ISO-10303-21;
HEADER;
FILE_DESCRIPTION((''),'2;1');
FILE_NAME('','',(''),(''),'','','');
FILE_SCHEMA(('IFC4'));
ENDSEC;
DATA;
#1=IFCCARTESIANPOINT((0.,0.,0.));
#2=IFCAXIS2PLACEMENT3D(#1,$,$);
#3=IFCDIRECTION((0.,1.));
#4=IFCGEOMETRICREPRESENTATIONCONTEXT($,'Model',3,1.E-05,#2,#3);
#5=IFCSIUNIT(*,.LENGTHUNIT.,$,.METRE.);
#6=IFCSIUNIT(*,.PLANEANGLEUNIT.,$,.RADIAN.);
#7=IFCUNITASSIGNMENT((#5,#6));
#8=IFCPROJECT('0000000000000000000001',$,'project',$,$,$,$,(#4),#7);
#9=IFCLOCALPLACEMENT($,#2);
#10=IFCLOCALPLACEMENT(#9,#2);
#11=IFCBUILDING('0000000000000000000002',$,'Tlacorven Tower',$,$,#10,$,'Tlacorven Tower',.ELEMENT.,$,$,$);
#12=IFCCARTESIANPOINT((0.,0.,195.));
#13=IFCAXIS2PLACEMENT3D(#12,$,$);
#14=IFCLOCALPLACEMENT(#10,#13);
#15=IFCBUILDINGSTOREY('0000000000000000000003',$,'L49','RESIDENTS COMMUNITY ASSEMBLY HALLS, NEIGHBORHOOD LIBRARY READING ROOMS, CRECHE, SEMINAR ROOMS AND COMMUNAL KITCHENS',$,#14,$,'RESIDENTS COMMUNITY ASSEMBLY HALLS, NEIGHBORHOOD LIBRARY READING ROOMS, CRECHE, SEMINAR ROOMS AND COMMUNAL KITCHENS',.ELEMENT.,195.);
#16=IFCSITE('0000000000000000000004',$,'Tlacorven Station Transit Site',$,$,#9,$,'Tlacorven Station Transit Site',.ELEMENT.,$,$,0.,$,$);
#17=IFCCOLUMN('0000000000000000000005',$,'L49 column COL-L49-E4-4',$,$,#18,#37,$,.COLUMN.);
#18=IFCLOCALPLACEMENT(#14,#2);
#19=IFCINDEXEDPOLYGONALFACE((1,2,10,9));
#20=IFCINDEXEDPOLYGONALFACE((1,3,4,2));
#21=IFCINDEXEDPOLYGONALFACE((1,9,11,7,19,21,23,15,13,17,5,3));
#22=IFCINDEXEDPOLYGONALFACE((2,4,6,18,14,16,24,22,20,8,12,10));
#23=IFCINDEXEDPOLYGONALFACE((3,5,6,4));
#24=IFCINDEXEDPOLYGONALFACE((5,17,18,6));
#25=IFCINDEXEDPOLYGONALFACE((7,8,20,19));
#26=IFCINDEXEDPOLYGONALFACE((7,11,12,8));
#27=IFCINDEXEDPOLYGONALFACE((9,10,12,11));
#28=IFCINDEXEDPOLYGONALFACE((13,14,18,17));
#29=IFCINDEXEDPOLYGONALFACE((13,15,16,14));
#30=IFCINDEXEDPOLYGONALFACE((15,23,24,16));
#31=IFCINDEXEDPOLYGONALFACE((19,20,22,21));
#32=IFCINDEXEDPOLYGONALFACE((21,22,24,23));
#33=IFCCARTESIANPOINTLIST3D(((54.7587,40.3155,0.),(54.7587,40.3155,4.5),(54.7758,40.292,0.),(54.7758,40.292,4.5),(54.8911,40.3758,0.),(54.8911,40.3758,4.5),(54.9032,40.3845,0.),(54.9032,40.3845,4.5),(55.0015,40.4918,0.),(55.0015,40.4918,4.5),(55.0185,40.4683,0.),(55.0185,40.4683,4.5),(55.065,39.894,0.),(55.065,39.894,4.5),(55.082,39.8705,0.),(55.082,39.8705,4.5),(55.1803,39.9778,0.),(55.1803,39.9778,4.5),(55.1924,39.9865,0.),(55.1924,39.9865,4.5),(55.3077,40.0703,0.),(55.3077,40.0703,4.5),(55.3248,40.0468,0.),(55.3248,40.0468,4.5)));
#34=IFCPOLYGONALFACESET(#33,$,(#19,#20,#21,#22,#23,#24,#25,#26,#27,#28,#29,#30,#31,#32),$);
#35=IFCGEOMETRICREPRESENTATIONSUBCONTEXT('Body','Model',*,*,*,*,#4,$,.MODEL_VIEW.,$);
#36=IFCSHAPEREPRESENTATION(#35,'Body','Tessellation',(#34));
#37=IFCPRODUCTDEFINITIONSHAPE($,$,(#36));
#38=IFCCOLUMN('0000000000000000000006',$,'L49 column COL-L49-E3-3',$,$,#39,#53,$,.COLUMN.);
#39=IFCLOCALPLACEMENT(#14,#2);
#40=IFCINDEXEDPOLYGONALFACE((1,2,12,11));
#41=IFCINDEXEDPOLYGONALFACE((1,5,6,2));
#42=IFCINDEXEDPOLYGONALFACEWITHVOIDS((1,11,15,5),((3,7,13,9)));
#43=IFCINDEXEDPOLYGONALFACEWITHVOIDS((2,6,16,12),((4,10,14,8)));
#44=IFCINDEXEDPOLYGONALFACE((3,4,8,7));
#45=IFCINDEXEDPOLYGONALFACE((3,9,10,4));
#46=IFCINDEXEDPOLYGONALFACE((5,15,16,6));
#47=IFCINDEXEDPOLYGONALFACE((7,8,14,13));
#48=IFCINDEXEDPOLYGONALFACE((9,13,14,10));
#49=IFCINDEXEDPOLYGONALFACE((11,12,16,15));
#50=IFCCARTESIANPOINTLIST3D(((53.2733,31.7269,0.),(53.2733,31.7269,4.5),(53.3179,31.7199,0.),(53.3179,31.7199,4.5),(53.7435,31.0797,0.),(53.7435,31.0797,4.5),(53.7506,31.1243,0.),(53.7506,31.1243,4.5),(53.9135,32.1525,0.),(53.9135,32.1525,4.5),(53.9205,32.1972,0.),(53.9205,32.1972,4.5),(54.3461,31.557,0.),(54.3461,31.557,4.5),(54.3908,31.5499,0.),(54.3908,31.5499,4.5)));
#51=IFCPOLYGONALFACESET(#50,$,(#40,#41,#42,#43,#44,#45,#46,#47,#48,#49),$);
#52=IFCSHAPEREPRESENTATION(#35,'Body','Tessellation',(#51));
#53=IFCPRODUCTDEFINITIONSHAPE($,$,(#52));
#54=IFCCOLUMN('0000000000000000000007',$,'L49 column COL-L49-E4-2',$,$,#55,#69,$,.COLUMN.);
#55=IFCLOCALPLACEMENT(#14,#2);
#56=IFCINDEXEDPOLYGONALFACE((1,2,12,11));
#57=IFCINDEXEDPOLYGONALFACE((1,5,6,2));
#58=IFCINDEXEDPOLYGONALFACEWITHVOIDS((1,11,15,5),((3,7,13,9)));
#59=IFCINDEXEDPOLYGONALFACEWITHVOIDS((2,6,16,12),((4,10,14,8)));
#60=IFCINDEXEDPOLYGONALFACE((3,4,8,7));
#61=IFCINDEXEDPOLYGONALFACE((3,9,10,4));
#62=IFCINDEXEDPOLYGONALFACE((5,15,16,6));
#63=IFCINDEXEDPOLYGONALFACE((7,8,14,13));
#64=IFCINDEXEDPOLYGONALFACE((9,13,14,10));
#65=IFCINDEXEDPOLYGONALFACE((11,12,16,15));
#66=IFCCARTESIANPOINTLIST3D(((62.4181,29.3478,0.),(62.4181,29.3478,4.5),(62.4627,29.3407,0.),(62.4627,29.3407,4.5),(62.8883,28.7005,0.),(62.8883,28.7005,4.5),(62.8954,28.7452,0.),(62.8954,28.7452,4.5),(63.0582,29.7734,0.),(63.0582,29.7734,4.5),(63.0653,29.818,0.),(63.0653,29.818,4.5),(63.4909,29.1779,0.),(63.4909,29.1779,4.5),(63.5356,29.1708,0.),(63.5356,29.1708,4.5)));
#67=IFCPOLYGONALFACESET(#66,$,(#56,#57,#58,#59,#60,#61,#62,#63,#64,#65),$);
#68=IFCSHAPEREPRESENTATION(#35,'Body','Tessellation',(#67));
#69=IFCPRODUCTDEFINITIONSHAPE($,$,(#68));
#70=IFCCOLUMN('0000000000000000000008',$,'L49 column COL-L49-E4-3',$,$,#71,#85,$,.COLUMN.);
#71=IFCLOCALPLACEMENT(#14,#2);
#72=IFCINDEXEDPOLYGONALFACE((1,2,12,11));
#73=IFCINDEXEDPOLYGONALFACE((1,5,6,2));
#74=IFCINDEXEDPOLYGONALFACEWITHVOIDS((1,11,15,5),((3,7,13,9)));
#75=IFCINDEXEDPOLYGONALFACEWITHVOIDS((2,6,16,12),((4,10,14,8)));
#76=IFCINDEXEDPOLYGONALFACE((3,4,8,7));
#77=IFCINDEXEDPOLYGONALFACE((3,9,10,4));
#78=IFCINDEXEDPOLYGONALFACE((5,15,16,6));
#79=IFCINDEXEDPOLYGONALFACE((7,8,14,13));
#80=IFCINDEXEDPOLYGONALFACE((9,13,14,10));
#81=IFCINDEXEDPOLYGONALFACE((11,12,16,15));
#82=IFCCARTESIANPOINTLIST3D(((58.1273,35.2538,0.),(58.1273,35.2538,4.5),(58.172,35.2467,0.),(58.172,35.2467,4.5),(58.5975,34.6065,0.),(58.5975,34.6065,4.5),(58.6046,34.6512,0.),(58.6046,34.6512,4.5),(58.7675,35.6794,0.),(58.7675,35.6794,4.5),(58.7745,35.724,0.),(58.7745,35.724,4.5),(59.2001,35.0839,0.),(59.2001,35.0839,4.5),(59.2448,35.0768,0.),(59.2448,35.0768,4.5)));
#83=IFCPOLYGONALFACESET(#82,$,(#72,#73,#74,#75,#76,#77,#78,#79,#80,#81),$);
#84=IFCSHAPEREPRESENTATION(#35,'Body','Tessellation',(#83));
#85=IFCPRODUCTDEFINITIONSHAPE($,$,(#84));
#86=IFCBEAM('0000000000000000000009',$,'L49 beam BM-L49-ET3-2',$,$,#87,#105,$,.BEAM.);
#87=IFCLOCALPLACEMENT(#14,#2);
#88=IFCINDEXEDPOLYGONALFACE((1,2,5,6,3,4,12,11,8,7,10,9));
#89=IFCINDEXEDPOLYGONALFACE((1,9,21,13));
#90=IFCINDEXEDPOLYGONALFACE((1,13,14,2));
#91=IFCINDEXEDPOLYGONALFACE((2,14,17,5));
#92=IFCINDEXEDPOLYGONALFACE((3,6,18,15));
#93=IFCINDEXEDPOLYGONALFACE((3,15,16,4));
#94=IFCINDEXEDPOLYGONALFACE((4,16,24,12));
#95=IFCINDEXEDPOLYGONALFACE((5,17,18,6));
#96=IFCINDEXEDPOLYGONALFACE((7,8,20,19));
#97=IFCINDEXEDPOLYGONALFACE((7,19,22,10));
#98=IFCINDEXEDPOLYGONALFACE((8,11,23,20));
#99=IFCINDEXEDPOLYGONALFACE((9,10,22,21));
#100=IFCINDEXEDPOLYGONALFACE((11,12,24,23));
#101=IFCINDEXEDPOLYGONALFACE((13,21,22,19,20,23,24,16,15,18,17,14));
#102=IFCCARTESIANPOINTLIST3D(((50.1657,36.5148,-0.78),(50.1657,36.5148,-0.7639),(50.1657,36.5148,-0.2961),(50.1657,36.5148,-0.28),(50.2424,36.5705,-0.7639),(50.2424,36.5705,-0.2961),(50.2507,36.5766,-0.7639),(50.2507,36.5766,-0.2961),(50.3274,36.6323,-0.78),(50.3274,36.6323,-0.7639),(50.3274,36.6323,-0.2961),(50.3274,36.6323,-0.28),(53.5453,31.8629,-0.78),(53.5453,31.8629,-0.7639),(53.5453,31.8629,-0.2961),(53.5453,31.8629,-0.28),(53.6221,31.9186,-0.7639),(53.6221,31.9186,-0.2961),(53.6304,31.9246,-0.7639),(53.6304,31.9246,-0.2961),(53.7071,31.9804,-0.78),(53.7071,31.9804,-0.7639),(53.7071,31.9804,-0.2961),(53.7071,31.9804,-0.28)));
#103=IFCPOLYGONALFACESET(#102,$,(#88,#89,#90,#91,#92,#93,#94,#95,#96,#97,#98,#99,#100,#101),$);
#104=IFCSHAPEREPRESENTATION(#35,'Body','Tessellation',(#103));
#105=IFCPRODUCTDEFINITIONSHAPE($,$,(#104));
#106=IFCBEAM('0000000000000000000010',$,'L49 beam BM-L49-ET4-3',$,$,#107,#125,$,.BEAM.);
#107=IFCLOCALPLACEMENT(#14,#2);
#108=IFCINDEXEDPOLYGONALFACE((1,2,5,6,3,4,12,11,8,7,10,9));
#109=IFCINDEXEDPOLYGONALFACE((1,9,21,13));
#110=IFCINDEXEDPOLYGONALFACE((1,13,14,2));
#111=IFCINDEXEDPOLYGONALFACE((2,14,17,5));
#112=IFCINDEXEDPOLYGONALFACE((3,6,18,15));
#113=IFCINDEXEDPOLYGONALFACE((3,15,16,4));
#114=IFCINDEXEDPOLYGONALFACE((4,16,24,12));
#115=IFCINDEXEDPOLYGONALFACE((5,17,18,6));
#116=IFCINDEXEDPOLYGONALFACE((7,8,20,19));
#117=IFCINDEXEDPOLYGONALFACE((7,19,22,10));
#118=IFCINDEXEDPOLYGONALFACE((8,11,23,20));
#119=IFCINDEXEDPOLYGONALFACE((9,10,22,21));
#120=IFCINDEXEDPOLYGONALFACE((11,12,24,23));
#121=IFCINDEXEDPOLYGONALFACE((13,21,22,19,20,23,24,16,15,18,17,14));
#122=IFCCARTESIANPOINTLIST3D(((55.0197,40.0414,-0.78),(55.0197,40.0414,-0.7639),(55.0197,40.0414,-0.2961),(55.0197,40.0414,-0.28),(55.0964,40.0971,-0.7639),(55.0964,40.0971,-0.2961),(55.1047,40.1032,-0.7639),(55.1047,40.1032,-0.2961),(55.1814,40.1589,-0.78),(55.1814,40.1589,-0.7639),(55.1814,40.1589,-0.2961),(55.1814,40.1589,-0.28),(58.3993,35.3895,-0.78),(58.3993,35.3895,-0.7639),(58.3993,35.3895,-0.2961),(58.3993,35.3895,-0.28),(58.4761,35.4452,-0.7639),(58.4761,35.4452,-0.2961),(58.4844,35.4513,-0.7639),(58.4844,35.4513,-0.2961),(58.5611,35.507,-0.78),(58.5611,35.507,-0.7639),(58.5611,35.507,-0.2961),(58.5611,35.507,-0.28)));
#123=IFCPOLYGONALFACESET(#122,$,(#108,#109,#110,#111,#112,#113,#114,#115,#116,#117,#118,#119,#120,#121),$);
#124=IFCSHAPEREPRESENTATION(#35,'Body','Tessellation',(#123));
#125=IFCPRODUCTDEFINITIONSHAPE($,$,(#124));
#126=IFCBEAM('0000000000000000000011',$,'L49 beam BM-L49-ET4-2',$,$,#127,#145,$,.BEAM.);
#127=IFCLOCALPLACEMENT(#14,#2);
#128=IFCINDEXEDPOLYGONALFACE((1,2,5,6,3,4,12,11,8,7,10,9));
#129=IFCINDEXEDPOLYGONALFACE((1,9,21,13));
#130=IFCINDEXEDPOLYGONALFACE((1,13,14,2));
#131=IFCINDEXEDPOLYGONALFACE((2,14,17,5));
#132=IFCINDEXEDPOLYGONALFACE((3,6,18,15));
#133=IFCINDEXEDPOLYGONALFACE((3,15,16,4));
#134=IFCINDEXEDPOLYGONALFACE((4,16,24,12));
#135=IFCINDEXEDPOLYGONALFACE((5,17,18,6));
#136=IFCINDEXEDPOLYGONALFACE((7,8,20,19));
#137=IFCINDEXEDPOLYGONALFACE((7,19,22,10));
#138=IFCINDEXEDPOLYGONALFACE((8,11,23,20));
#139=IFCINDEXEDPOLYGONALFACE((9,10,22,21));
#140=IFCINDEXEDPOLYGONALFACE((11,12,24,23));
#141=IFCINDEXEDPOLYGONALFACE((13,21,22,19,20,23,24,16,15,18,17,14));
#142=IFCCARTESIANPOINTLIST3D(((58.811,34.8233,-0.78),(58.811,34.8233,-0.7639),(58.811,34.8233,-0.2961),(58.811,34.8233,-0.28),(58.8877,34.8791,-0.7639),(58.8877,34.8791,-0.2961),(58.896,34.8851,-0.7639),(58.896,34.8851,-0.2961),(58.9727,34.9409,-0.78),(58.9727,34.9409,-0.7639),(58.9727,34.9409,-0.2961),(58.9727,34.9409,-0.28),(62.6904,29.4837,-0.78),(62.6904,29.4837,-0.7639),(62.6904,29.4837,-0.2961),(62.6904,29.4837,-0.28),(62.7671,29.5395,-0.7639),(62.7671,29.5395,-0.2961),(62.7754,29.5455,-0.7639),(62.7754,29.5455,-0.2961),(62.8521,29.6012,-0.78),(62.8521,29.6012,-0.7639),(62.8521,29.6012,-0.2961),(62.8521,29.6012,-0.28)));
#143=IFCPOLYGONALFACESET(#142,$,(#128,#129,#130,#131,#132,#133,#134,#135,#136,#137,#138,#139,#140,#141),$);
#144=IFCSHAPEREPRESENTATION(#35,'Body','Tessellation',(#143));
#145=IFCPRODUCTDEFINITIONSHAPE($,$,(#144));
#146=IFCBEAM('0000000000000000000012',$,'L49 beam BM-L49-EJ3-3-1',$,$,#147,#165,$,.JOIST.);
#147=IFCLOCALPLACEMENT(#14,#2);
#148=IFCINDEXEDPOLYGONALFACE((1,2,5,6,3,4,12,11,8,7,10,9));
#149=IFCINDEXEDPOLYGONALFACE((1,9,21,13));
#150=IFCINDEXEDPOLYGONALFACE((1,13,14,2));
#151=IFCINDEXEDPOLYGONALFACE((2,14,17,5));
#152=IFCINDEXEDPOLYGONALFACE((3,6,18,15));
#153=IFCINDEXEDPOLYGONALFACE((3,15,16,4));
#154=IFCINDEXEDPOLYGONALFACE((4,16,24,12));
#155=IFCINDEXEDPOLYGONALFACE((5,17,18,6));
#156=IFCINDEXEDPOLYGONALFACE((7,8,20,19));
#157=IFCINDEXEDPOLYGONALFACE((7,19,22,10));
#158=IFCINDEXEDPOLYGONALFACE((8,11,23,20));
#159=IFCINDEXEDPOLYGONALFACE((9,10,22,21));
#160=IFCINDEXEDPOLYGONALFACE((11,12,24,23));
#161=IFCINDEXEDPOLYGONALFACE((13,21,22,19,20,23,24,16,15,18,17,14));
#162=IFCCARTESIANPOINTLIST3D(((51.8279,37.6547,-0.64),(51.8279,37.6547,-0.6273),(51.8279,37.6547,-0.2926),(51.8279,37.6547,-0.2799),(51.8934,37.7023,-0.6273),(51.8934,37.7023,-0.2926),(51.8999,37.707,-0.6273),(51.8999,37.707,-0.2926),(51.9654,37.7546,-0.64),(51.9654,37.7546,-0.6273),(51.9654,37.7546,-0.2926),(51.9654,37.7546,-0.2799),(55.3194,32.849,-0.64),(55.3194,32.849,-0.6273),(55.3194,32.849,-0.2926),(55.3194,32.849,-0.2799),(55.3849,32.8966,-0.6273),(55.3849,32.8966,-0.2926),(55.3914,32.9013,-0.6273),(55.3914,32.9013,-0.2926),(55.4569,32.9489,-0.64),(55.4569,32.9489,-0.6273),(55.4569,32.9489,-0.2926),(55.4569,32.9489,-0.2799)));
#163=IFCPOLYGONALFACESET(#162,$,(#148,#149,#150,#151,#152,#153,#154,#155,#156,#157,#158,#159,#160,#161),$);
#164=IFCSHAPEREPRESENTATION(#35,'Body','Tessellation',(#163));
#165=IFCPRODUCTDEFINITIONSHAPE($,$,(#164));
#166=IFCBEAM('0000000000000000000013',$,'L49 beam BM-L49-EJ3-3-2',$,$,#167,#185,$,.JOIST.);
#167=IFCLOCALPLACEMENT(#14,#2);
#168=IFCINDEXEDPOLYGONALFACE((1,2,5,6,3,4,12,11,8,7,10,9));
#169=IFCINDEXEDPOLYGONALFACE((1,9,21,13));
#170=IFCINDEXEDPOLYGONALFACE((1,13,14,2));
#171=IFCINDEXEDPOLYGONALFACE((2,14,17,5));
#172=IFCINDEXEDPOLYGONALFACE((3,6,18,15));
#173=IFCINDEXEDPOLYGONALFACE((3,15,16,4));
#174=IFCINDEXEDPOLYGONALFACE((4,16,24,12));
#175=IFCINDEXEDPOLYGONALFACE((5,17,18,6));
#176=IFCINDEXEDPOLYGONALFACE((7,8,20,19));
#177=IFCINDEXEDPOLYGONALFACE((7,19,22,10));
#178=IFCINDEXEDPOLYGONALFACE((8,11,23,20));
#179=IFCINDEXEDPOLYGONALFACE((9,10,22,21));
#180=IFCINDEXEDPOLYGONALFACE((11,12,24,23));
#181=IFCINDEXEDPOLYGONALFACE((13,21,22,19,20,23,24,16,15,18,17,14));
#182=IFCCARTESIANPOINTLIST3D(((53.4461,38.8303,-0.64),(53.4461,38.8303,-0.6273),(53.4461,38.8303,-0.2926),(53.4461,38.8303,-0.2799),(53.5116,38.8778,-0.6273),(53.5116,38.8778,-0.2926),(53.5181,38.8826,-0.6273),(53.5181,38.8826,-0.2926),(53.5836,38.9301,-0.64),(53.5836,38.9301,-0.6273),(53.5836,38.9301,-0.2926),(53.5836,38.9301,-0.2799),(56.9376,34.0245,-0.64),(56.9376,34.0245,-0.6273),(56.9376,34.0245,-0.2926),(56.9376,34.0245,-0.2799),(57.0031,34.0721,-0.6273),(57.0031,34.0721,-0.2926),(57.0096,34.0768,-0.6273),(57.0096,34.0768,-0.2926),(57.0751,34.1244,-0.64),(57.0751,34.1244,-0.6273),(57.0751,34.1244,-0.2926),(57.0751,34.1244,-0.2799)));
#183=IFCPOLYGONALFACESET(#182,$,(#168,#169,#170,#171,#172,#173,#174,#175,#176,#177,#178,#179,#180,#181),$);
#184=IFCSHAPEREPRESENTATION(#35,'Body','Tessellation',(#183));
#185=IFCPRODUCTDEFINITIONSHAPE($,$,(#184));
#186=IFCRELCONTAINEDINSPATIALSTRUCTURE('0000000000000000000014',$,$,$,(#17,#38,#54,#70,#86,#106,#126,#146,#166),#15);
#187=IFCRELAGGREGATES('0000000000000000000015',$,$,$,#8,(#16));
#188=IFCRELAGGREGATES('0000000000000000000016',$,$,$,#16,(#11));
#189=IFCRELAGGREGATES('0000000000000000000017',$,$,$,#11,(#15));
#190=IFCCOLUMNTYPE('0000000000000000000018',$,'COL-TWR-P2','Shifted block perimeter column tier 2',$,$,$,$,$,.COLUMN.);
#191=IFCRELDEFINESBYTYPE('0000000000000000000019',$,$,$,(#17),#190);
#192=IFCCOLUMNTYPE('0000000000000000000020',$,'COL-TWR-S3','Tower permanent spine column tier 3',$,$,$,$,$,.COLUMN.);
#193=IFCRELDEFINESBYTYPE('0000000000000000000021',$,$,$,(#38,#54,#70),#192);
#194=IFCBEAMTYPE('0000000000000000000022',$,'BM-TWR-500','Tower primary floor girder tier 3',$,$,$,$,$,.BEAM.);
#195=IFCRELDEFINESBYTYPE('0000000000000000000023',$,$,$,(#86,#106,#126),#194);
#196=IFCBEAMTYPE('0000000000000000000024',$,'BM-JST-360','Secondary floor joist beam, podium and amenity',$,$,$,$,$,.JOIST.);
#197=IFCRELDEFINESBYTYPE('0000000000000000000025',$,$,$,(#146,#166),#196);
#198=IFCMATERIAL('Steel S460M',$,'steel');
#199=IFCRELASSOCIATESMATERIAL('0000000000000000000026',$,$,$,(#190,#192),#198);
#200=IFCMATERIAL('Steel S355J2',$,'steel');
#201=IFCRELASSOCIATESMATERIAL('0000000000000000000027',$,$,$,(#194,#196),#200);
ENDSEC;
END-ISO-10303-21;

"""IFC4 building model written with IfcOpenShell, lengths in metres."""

from ifc_helpers import new_model, si_unit, direction, frame, origin, origin_2d, place, context, subcontext, project, spatial, hollow_rectangle, i_section, extrude, source, transform, mapped, material, material_profile, profile_set, type_object, element, save


model = new_model("IFC4")

# Units and contexts
model_context = context("Model", 3, precision=1e-05, world=origin(), true_north=direction((0.0, 1.0)))
body_context = subcontext(model_context, "Body", "Model", "MODEL_VIEW")
ifc_project = project(units=[si_unit("LENGTHUNIT", "METRE"), si_unit("PLANEANGLEUNIT", "RADIAN")], contexts=[model_context])

# Site, building, storey
site_placement = place(None, origin())
site = spatial("IfcSite", under=ifc_project, at=site_placement, Name="Tlacorven Station Transit Site", LongName="Tlacorven Station Transit Site", CompositionType="ELEMENT", RefElevation=0.0)
building_placement = place(site_placement, origin())
building = spatial("IfcBuilding", under=site, at=building_placement, Name="Tlacorven Tower", LongName="Tlacorven Tower", CompositionType="ELEMENT")
storey_placement = place(building_placement, frame((0.0, 0.0, 195.0)))
storey = spatial("IfcBuildingStorey", under=building, at=storey_placement, Name="L49", Description="RESIDENTS COMMUNITY ASSEMBLY HALLS, NEIGHBORHOOD LIBRARY READING ROOMS, CRECHE, SEMINAR ROOMS AND COMMUNAL KITCHENS", LongName="RESIDENTS COMMUNITY ASSEMBLY HALLS, NEIGHBORHOOD LIBRARY READING ROOMS, CRECHE, SEMINAR ROOMS AND COMMUNAL KITCHENS", CompositionType="ELEMENT", Elevation=195.0)

# Columns
ifc_material_1 = material(Name="Steel S460M", Category="steel")
ifc_material_profile_1 = material_profile(ifc_material_1, i_section(OverallWidth=0.3, OverallDepth=0.55, WebThickness=0.0149, FlangeThickness=0.0291, at=origin_2d()), Name="HEB 550")
ifc_profile_set_1 = profile_set([ifc_material_profile_1], Name="Steel S460M")
column_type_1 = type_object("IfcColumnType", Name="COL-TWR-P2", Description="Shifted block perimeter column tier 2", PredefinedType="COLUMN", material=ifc_profile_set_1)
shared_shape_1 = source(origin(), body_context, "Body", "SweptSolid", [
    extrude(i_section(OverallWidth=0.3, OverallDepth=0.55, WebThickness=0.0149, FlangeThickness=0.0291, at=origin_2d()), origin(), (0.0, 0.0, 1.0), 4.5),
])
column_placement = place(storey_placement, frame((55.0417, 40.1812, 0.0), z_axis=(0.0, 0.0, 1.0), x_axis=(0.809017, 0.587785, 0.0)))
element("IfcColumn", 1, at=column_placement, inside=storey, type_object=column_type_1, Name="L49 column COL-L49-E4-4", PredefinedType="COLUMN", context=body_context, shape_type="MappedRepresentation", body=[
    mapped(shared_shape_1, transform((0.0, 0.0, 0.0), scale=1.0)),
])
ifc_material_profile_2 = material_profile(ifc_material_1, hollow_rectangle(XDim=0.8, YDim=0.8, WallThickness=0.032, at=origin_2d()), Name="BOX 800X800X32")
ifc_profile_set_2 = profile_set([ifc_material_profile_2], Name="Steel S460M")
column_type_2 = type_object("IfcColumnType", Name="COL-TWR-S3", Description="Tower permanent spine column tier 3", PredefinedType="COLUMN", material=ifc_profile_set_2)
shared_shape_2 = source(origin(), body_context, "Body", "SweptSolid", [
    extrude(hollow_rectangle(XDim=0.8, YDim=0.8, WallThickness=0.032, at=origin_2d()), origin(), (0.0, 0.0, 1.0), 4.5),
])
for number, where, z_axis, x_axis, name in (
    (2, (53.832, 31.6384, 0.0), (0.0, 0.0, 1.0), (0.809017, 0.587785, 0.0), "L49 column COL-L49-E3-3"),
    (3, (62.9768, 29.2593, 0.0), (0.0, 0.0, 1.0), (0.809017, 0.587785, 0.0), "L49 column COL-L49-E4-2"),
    (4, (58.686, 35.1653, 0.0), (0.0, 0.0, 1.0), (0.809017, 0.587785, 0.0), "L49 column COL-L49-E4-3"),
):
    element("IfcColumn", number, at=place(storey_placement, frame(where, z_axis=z_axis, x_axis=x_axis)), inside=storey, type_object=column_type_2, Name=name, PredefinedType="COLUMN", context=body_context, shape_type="MappedRepresentation", body=[
        mapped(shared_shape_2, transform((0.0, 0.0, 0.0), scale=1.0)),
    ])

# Beams
ifc_material_2 = material(Name="Steel S355J2", Category="steel")
ifc_material_profile_3 = material_profile(ifc_material_2, i_section(OverallWidth=0.2, OverallDepth=0.5, WebThickness=0.0103, FlangeThickness=0.0161, at=origin_2d()), Name="IPE 500")
ifc_profile_set_3 = profile_set([ifc_material_profile_3], Name="Steel S355J2")
beam_type_1 = type_object("IfcBeamType", Name="BM-TWR-500", Description="Tower primary floor girder tier 3", PredefinedType="BEAM", material=ifc_profile_set_3)
shared_shape_3 = source(origin(), body_context, "Body", "SweptSolid", [
    extrude(i_section(OverallWidth=0.2, OverallDepth=0.5, WebThickness=0.0103, FlangeThickness=0.0161, at=origin_2d()), origin(), (0.0, 0.0, 1.0), 5.75),
])
for number, where, z_axis, x_axis, name in (
    (5, (53.6262, 31.9216, -0.53), (-0.58777, 0.809028, 0.0), (-0.809028, -0.58777, 0.0), "L49 beam BM-L49-ET3-2"),
    (6, (58.4802, 35.4482, -0.53), (-0.58777, 0.809028, 0.0), (-0.809028, -0.58777, 0.0), "L49 beam BM-L49-ET4-3"),
):
    element("IfcBeam", number, at=place(storey_placement, frame(where, z_axis=z_axis, x_axis=x_axis)), inside=storey, type_object=beam_type_1, Name=name, PredefinedType="BEAM", context=body_context, shape_type="MappedRepresentation", body=[
        mapped(shared_shape_3, transform((0.0, 0.0, 0.0), scale=1.0)),
    ])
shared_shape_4 = source(origin(), body_context, "Body", "SweptSolid", [
    extrude(i_section(OverallWidth=0.2, OverallDepth=0.5, WebThickness=0.0103, FlangeThickness=0.0161, at=origin_2d()), origin(), (0.0, 0.0, 1.0), 6.6001),
])
beam_1_placement = place(storey_placement, frame((62.7712, 29.5425, -0.53), z_axis=(-0.58778, 0.809021, 0.0), x_axis=(-0.809021, -0.58778, 0.0)))
element("IfcBeam", 7, at=beam_1_placement, inside=storey, type_object=beam_type_1, Name="L49 beam BM-L49-ET4-2", PredefinedType="BEAM", context=body_context, shape_type="MappedRepresentation", body=[
    mapped(shared_shape_4, transform((0.0, 0.0, 0.0), scale=1.0)),
])
ifc_material_profile_4 = material_profile(ifc_material_2, i_section(OverallWidth=0.1699, OverallDepth=0.3601, WebThickness=0.0081, FlangeThickness=0.0127, at=origin_2d()), Name="IPE 360")
ifc_profile_set_4 = profile_set([ifc_material_profile_4], Name="Steel S355J2")
beam_type_2 = type_object("IfcBeamType", Name="BM-JST-360", Description="Secondary floor joist beam, podium and amenity", PredefinedType="JOIST", material=ifc_profile_set_4)
shared_shape_5 = source(origin(), body_context, "Body", "SweptSolid", [
    extrude(i_section(OverallWidth=0.1699, OverallDepth=0.3601, WebThickness=0.0081, FlangeThickness=0.0127, at=origin_2d()), origin(), (0.0, 0.0, 1.0), 5.9402),
])
for number, where, z_axis, x_axis, name in (
    (8, (55.3882, 32.8989, -0.46), (-0.587778, 0.809022, 0.0), (-0.809022, -0.587778, 0.0), "L49 beam BM-L49-EJ3-3-1"),
    (9, (57.0063, 34.0745, -0.46), (-0.587778, 0.809022, 0.0), (-0.809022, -0.587778, 0.0), "L49 beam BM-L49-EJ3-3-2"),
):
    element("IfcBeam", number, at=place(storey_placement, frame(where, z_axis=z_axis, x_axis=x_axis)), inside=storey, type_object=beam_type_2, Name=name, PredefinedType="JOIST", context=body_context, shape_type="MappedRepresentation", body=[
        mapped(shared_shape_5, transform((0.0, 0.0, 0.0), scale=1.0)),
    ])

save(model, "model.ifc")
